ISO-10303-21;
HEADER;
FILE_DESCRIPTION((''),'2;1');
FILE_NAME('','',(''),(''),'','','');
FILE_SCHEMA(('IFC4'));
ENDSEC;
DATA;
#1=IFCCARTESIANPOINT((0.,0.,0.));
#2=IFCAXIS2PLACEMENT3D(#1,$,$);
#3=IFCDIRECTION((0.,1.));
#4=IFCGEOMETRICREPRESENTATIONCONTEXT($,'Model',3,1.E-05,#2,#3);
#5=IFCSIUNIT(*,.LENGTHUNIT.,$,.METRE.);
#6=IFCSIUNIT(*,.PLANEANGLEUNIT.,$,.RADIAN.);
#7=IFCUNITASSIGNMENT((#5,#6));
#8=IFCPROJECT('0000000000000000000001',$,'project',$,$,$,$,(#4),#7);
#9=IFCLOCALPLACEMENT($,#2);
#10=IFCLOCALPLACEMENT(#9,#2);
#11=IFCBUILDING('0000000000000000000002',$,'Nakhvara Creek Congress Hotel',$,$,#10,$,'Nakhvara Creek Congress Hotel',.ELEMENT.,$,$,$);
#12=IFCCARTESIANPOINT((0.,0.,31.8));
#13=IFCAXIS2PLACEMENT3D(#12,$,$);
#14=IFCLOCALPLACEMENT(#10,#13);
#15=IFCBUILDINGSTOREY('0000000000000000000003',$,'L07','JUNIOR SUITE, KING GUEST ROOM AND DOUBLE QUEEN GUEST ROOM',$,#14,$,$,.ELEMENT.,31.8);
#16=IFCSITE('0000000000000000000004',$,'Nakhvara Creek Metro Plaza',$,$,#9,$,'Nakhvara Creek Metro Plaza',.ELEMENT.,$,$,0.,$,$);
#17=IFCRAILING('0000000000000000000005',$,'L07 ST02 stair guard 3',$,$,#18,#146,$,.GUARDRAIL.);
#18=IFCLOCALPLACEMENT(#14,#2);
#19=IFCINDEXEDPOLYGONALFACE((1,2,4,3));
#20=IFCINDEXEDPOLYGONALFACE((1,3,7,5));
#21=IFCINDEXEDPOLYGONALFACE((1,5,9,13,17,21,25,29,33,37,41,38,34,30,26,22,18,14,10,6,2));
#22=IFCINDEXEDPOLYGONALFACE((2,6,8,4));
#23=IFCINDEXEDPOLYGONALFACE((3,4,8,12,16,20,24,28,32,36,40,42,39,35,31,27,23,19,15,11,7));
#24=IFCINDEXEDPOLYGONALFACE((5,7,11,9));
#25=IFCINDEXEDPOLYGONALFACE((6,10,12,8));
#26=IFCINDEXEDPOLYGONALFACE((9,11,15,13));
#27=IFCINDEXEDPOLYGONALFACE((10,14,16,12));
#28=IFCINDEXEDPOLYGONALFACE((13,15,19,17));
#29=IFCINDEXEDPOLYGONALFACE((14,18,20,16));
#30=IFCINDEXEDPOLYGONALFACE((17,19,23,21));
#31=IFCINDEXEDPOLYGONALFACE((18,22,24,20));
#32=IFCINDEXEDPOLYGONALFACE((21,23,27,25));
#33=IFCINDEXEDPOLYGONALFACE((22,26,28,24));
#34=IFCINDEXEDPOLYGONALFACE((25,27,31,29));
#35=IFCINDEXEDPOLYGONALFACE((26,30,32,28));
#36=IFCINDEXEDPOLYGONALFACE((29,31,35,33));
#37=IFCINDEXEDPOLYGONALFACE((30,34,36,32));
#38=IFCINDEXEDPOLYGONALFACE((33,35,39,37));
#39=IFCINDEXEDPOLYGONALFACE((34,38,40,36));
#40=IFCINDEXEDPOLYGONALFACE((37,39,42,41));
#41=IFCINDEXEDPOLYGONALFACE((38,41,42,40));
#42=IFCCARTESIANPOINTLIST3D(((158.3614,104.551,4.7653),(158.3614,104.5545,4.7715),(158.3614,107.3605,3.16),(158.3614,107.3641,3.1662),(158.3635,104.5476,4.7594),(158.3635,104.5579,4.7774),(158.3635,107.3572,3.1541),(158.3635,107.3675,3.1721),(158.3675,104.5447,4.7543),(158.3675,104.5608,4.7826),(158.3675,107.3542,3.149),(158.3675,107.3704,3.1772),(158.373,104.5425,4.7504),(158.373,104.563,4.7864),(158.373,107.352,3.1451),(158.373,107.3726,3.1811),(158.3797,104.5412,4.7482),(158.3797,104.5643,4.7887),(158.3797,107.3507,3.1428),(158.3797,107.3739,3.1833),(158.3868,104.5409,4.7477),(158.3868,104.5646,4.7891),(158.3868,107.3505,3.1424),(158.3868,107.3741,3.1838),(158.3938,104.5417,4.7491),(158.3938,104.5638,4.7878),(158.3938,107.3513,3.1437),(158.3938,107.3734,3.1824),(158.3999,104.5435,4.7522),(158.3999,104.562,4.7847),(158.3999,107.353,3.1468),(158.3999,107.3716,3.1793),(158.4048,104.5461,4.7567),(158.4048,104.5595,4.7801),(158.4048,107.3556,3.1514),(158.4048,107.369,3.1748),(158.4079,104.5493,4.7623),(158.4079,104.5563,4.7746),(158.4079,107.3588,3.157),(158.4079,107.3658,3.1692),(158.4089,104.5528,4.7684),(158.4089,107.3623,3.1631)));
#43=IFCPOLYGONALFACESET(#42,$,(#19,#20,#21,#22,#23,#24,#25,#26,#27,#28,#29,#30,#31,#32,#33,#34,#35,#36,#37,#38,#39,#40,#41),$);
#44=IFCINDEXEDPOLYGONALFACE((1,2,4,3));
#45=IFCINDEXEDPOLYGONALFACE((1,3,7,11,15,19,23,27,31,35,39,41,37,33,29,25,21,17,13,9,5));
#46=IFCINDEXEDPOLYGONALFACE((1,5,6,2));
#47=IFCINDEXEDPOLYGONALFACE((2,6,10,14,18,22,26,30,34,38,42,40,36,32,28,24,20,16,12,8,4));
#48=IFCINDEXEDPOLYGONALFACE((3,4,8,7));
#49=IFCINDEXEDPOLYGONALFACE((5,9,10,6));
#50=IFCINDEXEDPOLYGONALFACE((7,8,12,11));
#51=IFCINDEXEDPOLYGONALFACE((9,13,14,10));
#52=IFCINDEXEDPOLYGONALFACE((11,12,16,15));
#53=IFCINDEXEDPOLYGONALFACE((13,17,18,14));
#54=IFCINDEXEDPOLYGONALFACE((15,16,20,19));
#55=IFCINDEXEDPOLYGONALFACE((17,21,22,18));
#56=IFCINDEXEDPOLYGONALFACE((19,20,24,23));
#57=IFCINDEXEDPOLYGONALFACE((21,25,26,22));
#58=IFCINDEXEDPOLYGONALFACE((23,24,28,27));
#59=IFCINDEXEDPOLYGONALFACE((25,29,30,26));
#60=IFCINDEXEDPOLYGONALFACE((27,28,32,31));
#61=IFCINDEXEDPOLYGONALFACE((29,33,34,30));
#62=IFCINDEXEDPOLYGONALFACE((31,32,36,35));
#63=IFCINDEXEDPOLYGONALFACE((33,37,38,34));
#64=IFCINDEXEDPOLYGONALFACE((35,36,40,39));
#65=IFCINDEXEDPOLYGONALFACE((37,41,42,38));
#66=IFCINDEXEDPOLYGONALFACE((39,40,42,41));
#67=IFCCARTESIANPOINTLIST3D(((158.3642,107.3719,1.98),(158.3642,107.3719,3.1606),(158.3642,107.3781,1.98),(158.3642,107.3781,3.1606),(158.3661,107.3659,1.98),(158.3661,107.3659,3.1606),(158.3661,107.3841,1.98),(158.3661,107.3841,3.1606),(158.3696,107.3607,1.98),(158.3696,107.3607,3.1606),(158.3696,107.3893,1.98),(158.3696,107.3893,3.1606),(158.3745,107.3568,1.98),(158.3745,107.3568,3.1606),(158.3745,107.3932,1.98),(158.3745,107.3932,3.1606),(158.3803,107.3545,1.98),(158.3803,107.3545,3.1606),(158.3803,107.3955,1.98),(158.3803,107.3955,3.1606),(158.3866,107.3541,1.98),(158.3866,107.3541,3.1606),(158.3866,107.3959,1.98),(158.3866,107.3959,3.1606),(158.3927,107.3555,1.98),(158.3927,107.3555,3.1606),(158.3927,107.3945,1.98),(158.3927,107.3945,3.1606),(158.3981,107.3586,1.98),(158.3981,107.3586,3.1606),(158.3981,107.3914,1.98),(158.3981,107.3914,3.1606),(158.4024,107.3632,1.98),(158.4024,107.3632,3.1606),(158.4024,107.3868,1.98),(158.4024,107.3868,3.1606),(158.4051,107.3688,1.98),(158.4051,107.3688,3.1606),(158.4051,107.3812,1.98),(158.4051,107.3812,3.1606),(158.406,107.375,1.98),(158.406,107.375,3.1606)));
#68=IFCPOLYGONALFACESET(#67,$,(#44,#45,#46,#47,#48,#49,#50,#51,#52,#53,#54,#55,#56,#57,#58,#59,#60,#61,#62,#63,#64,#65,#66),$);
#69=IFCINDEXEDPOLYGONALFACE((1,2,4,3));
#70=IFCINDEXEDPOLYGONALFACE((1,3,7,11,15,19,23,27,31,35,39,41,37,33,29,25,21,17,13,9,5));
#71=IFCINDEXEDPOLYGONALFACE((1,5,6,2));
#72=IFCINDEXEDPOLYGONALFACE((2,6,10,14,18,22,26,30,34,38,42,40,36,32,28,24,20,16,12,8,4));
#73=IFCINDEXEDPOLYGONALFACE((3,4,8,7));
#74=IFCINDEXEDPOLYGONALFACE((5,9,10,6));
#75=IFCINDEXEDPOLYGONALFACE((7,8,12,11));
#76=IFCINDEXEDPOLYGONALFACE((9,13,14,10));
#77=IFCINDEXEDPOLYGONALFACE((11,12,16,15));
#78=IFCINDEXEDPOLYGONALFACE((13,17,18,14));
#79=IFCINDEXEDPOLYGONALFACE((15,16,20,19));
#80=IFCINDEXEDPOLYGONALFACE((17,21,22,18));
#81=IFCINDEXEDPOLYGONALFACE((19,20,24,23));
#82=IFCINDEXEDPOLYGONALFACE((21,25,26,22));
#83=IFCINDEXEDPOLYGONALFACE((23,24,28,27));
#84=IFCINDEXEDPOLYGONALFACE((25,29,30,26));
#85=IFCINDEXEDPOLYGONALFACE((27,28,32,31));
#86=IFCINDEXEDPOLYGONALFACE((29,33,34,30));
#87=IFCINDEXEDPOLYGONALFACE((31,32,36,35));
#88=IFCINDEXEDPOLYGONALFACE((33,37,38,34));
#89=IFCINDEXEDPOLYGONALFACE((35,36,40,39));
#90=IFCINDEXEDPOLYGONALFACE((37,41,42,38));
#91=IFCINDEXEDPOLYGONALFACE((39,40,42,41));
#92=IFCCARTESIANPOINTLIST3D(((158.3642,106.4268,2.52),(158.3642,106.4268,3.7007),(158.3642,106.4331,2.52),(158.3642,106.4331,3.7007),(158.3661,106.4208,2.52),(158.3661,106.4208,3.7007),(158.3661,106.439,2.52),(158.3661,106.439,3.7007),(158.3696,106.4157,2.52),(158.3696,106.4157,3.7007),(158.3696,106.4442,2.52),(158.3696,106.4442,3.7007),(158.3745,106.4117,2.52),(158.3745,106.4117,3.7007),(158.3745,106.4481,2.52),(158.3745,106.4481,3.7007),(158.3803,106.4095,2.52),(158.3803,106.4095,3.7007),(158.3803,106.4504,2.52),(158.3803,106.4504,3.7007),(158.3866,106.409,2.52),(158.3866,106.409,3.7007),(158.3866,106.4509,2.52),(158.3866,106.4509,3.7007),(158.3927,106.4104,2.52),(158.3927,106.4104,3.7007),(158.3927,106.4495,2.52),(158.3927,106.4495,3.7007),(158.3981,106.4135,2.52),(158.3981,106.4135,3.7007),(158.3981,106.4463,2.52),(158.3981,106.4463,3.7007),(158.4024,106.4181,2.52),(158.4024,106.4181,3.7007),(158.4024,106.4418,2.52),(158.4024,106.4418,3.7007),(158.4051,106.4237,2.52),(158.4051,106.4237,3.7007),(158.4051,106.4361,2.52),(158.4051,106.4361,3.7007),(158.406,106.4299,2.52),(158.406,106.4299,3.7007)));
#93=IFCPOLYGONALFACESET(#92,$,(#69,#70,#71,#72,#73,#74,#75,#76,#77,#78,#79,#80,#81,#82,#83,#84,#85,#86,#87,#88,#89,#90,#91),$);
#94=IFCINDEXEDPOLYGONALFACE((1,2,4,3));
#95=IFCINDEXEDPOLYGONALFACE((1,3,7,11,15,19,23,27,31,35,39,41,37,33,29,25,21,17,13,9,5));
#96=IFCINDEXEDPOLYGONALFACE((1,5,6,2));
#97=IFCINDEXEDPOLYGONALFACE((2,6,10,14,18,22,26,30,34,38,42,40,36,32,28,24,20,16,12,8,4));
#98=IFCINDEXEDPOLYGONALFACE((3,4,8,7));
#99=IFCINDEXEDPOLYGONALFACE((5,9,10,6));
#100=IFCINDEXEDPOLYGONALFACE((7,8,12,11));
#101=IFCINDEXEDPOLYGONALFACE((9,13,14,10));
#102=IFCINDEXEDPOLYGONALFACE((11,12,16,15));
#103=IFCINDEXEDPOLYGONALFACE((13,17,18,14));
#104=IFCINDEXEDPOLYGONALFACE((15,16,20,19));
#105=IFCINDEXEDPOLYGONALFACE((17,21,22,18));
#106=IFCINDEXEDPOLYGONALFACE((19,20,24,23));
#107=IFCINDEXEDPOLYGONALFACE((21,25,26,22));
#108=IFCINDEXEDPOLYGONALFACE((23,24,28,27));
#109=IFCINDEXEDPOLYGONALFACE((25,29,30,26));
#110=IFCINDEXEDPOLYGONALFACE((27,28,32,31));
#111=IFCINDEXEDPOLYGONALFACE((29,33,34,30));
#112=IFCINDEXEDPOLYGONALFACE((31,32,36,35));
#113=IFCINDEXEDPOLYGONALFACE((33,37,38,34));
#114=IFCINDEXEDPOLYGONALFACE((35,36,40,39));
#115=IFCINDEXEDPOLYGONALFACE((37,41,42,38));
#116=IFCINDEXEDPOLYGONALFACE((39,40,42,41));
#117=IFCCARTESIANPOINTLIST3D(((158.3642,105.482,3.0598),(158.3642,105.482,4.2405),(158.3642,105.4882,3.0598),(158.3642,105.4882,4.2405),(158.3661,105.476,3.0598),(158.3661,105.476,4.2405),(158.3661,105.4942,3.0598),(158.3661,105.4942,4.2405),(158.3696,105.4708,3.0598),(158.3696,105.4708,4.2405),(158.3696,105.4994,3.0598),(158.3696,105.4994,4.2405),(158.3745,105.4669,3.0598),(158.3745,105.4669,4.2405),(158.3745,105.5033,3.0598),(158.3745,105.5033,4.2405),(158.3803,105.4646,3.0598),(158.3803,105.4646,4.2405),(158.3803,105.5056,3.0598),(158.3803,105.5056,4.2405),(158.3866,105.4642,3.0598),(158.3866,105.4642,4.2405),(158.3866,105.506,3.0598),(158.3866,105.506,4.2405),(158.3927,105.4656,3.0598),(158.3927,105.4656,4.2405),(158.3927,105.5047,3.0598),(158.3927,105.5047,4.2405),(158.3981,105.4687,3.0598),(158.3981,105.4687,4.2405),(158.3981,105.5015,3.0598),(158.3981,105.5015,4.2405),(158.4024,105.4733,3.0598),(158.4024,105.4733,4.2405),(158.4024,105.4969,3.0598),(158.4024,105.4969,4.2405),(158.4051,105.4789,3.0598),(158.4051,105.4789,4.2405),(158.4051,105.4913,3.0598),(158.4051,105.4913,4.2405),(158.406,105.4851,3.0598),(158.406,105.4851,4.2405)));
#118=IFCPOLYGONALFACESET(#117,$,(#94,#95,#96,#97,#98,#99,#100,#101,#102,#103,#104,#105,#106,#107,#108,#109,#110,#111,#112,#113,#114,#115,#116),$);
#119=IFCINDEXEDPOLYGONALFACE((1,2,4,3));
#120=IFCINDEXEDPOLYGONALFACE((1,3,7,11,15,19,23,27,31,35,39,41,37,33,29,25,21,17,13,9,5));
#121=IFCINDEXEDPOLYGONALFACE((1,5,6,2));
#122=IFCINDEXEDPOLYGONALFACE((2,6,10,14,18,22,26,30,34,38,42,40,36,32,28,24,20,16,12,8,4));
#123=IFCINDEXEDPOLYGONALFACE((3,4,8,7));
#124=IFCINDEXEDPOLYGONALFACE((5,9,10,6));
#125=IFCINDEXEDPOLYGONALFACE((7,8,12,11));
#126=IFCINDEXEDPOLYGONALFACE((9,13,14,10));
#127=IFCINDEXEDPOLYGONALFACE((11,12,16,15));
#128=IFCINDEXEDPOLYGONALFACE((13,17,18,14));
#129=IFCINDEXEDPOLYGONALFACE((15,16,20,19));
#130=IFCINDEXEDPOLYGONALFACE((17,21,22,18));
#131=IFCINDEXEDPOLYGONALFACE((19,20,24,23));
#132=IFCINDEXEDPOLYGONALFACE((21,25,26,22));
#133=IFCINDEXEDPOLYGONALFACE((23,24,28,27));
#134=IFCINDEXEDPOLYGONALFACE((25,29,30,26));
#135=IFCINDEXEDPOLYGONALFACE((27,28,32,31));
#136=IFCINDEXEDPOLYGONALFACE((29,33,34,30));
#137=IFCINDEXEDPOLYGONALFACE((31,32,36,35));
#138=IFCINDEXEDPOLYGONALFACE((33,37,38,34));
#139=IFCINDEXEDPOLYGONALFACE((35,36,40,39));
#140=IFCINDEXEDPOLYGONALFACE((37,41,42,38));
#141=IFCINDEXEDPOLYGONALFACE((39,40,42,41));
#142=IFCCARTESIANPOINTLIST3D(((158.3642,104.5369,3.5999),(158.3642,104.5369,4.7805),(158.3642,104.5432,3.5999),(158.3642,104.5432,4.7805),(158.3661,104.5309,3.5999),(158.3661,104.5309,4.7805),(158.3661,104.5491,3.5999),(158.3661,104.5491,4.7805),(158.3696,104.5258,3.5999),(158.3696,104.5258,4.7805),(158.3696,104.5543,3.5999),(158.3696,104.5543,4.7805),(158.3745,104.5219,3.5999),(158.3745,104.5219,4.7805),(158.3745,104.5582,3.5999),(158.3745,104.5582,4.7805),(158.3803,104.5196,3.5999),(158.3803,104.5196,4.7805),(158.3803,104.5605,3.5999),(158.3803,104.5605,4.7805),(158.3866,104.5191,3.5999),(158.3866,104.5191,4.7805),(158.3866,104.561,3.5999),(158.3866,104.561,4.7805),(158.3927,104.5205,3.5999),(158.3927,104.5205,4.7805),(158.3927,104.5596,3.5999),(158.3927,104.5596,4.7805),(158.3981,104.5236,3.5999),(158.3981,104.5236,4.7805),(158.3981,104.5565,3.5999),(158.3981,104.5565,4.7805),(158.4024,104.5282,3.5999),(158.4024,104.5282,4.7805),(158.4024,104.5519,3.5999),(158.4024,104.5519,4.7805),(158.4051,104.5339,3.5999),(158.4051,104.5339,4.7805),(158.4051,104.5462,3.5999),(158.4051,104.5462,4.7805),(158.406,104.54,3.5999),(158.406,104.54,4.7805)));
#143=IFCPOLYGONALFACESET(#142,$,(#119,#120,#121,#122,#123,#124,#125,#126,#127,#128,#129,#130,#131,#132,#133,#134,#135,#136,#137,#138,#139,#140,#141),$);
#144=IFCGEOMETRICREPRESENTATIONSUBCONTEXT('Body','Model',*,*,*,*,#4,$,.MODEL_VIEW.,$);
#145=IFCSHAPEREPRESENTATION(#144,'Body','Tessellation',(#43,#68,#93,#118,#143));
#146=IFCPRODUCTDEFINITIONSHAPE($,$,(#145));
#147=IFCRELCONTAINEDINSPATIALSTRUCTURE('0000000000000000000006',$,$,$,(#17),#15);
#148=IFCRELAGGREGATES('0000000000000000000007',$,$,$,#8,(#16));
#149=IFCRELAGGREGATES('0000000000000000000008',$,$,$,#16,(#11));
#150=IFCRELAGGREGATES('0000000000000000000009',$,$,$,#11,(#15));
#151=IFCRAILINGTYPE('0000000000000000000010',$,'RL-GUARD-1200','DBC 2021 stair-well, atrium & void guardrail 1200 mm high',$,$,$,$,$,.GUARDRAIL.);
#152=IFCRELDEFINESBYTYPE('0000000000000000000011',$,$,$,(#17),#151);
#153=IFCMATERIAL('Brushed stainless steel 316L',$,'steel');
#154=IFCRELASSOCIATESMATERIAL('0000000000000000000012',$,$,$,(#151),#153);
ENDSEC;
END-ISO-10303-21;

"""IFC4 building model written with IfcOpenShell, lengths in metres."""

from ifc_helpers import new_model, si_unit, direction, frame, origin, origin_2d, place, context, subcontext, project, spatial, circle, extrude, material, type_object, element, save


model = new_model("IFC4")

# Units and contexts
model_context = context("Model", 3, precision=1e-05, world=origin(), true_north=direction((0.0, 1.0)))
body_context = subcontext(model_context, "Body", "Model", "MODEL_VIEW")
ifc_project = project(units=[si_unit("LENGTHUNIT", "METRE"), si_unit("PLANEANGLEUNIT", "RADIAN")], contexts=[model_context])

# Site, building, storey
site_placement = place(None, origin())
site = spatial("IfcSite", under=ifc_project, at=site_placement, Name="Nakhvara Creek Metro Plaza", LongName="Nakhvara Creek Metro Plaza", CompositionType="ELEMENT", RefElevation=0.0)
building_placement = place(site_placement, origin())
building = spatial("IfcBuilding", under=site, at=building_placement, Name="Nakhvara Creek Congress Hotel", LongName="Nakhvara Creek Congress Hotel", CompositionType="ELEMENT")
storey_placement = place(building_placement, frame((0.0, 0.0, 31.8)))
storey = spatial("IfcBuildingStorey", under=building, at=storey_placement, Name="L07", Description="JUNIOR SUITE, KING GUEST ROOM AND DOUBLE QUEEN GUEST ROOM", CompositionType="ELEMENT", Elevation=31.8)

# Railing
ifc_material_1 = material(Name="Brushed stainless steel 316L", Category="steel")
railing_type_1 = type_object("IfcRailingType", Name="RL-GUARD-1200", Description="DBC 2021 stair-well, atrium & void guardrail 1200 mm high", PredefinedType="GUARDRAIL", material=ifc_material_1)
railing_1_placement = place(storey_placement, frame((158.385, 107.375, 1.98)))
element("IfcRailing", 1, at=railing_1_placement, inside=storey, type_object=railing_type_1, Name="L07 ST02 stair guard 3", PredefinedType="GUARDRAIL", context=body_context, shape_type="SweptSolid", body=[
    extrude(circle(Radius=0.0239, at=origin_2d()), frame((0.0, -0.0127, 1.1831), z_axis=(0.0, -0.868257, 0.496115), x_axis=(1.0, 0.0, 0.0)), (0.0, 0.0, 1.0), 3.2358),
    extrude(circle(Radius=0.021, at=origin_2d()), origin(), (0.0, 0.0, 1.0), 1.1807),
    extrude(circle(Radius=0.021, at=origin_2d()), frame((0.0, -0.9451, 0.54)), (0.0, 0.0, 1.0), 1.1807),
    extrude(circle(Radius=0.021, at=origin_2d()), frame((0.0, -1.8899, 1.0798)), (0.0, 0.0, 1.0), 1.1807),
    extrude(circle(Radius=0.021, at=origin_2d()), frame((0.0, -2.835, 1.6199)), (0.0, 0.0, 1.0), 1.1807),
])

save(model, "model.ifc")
